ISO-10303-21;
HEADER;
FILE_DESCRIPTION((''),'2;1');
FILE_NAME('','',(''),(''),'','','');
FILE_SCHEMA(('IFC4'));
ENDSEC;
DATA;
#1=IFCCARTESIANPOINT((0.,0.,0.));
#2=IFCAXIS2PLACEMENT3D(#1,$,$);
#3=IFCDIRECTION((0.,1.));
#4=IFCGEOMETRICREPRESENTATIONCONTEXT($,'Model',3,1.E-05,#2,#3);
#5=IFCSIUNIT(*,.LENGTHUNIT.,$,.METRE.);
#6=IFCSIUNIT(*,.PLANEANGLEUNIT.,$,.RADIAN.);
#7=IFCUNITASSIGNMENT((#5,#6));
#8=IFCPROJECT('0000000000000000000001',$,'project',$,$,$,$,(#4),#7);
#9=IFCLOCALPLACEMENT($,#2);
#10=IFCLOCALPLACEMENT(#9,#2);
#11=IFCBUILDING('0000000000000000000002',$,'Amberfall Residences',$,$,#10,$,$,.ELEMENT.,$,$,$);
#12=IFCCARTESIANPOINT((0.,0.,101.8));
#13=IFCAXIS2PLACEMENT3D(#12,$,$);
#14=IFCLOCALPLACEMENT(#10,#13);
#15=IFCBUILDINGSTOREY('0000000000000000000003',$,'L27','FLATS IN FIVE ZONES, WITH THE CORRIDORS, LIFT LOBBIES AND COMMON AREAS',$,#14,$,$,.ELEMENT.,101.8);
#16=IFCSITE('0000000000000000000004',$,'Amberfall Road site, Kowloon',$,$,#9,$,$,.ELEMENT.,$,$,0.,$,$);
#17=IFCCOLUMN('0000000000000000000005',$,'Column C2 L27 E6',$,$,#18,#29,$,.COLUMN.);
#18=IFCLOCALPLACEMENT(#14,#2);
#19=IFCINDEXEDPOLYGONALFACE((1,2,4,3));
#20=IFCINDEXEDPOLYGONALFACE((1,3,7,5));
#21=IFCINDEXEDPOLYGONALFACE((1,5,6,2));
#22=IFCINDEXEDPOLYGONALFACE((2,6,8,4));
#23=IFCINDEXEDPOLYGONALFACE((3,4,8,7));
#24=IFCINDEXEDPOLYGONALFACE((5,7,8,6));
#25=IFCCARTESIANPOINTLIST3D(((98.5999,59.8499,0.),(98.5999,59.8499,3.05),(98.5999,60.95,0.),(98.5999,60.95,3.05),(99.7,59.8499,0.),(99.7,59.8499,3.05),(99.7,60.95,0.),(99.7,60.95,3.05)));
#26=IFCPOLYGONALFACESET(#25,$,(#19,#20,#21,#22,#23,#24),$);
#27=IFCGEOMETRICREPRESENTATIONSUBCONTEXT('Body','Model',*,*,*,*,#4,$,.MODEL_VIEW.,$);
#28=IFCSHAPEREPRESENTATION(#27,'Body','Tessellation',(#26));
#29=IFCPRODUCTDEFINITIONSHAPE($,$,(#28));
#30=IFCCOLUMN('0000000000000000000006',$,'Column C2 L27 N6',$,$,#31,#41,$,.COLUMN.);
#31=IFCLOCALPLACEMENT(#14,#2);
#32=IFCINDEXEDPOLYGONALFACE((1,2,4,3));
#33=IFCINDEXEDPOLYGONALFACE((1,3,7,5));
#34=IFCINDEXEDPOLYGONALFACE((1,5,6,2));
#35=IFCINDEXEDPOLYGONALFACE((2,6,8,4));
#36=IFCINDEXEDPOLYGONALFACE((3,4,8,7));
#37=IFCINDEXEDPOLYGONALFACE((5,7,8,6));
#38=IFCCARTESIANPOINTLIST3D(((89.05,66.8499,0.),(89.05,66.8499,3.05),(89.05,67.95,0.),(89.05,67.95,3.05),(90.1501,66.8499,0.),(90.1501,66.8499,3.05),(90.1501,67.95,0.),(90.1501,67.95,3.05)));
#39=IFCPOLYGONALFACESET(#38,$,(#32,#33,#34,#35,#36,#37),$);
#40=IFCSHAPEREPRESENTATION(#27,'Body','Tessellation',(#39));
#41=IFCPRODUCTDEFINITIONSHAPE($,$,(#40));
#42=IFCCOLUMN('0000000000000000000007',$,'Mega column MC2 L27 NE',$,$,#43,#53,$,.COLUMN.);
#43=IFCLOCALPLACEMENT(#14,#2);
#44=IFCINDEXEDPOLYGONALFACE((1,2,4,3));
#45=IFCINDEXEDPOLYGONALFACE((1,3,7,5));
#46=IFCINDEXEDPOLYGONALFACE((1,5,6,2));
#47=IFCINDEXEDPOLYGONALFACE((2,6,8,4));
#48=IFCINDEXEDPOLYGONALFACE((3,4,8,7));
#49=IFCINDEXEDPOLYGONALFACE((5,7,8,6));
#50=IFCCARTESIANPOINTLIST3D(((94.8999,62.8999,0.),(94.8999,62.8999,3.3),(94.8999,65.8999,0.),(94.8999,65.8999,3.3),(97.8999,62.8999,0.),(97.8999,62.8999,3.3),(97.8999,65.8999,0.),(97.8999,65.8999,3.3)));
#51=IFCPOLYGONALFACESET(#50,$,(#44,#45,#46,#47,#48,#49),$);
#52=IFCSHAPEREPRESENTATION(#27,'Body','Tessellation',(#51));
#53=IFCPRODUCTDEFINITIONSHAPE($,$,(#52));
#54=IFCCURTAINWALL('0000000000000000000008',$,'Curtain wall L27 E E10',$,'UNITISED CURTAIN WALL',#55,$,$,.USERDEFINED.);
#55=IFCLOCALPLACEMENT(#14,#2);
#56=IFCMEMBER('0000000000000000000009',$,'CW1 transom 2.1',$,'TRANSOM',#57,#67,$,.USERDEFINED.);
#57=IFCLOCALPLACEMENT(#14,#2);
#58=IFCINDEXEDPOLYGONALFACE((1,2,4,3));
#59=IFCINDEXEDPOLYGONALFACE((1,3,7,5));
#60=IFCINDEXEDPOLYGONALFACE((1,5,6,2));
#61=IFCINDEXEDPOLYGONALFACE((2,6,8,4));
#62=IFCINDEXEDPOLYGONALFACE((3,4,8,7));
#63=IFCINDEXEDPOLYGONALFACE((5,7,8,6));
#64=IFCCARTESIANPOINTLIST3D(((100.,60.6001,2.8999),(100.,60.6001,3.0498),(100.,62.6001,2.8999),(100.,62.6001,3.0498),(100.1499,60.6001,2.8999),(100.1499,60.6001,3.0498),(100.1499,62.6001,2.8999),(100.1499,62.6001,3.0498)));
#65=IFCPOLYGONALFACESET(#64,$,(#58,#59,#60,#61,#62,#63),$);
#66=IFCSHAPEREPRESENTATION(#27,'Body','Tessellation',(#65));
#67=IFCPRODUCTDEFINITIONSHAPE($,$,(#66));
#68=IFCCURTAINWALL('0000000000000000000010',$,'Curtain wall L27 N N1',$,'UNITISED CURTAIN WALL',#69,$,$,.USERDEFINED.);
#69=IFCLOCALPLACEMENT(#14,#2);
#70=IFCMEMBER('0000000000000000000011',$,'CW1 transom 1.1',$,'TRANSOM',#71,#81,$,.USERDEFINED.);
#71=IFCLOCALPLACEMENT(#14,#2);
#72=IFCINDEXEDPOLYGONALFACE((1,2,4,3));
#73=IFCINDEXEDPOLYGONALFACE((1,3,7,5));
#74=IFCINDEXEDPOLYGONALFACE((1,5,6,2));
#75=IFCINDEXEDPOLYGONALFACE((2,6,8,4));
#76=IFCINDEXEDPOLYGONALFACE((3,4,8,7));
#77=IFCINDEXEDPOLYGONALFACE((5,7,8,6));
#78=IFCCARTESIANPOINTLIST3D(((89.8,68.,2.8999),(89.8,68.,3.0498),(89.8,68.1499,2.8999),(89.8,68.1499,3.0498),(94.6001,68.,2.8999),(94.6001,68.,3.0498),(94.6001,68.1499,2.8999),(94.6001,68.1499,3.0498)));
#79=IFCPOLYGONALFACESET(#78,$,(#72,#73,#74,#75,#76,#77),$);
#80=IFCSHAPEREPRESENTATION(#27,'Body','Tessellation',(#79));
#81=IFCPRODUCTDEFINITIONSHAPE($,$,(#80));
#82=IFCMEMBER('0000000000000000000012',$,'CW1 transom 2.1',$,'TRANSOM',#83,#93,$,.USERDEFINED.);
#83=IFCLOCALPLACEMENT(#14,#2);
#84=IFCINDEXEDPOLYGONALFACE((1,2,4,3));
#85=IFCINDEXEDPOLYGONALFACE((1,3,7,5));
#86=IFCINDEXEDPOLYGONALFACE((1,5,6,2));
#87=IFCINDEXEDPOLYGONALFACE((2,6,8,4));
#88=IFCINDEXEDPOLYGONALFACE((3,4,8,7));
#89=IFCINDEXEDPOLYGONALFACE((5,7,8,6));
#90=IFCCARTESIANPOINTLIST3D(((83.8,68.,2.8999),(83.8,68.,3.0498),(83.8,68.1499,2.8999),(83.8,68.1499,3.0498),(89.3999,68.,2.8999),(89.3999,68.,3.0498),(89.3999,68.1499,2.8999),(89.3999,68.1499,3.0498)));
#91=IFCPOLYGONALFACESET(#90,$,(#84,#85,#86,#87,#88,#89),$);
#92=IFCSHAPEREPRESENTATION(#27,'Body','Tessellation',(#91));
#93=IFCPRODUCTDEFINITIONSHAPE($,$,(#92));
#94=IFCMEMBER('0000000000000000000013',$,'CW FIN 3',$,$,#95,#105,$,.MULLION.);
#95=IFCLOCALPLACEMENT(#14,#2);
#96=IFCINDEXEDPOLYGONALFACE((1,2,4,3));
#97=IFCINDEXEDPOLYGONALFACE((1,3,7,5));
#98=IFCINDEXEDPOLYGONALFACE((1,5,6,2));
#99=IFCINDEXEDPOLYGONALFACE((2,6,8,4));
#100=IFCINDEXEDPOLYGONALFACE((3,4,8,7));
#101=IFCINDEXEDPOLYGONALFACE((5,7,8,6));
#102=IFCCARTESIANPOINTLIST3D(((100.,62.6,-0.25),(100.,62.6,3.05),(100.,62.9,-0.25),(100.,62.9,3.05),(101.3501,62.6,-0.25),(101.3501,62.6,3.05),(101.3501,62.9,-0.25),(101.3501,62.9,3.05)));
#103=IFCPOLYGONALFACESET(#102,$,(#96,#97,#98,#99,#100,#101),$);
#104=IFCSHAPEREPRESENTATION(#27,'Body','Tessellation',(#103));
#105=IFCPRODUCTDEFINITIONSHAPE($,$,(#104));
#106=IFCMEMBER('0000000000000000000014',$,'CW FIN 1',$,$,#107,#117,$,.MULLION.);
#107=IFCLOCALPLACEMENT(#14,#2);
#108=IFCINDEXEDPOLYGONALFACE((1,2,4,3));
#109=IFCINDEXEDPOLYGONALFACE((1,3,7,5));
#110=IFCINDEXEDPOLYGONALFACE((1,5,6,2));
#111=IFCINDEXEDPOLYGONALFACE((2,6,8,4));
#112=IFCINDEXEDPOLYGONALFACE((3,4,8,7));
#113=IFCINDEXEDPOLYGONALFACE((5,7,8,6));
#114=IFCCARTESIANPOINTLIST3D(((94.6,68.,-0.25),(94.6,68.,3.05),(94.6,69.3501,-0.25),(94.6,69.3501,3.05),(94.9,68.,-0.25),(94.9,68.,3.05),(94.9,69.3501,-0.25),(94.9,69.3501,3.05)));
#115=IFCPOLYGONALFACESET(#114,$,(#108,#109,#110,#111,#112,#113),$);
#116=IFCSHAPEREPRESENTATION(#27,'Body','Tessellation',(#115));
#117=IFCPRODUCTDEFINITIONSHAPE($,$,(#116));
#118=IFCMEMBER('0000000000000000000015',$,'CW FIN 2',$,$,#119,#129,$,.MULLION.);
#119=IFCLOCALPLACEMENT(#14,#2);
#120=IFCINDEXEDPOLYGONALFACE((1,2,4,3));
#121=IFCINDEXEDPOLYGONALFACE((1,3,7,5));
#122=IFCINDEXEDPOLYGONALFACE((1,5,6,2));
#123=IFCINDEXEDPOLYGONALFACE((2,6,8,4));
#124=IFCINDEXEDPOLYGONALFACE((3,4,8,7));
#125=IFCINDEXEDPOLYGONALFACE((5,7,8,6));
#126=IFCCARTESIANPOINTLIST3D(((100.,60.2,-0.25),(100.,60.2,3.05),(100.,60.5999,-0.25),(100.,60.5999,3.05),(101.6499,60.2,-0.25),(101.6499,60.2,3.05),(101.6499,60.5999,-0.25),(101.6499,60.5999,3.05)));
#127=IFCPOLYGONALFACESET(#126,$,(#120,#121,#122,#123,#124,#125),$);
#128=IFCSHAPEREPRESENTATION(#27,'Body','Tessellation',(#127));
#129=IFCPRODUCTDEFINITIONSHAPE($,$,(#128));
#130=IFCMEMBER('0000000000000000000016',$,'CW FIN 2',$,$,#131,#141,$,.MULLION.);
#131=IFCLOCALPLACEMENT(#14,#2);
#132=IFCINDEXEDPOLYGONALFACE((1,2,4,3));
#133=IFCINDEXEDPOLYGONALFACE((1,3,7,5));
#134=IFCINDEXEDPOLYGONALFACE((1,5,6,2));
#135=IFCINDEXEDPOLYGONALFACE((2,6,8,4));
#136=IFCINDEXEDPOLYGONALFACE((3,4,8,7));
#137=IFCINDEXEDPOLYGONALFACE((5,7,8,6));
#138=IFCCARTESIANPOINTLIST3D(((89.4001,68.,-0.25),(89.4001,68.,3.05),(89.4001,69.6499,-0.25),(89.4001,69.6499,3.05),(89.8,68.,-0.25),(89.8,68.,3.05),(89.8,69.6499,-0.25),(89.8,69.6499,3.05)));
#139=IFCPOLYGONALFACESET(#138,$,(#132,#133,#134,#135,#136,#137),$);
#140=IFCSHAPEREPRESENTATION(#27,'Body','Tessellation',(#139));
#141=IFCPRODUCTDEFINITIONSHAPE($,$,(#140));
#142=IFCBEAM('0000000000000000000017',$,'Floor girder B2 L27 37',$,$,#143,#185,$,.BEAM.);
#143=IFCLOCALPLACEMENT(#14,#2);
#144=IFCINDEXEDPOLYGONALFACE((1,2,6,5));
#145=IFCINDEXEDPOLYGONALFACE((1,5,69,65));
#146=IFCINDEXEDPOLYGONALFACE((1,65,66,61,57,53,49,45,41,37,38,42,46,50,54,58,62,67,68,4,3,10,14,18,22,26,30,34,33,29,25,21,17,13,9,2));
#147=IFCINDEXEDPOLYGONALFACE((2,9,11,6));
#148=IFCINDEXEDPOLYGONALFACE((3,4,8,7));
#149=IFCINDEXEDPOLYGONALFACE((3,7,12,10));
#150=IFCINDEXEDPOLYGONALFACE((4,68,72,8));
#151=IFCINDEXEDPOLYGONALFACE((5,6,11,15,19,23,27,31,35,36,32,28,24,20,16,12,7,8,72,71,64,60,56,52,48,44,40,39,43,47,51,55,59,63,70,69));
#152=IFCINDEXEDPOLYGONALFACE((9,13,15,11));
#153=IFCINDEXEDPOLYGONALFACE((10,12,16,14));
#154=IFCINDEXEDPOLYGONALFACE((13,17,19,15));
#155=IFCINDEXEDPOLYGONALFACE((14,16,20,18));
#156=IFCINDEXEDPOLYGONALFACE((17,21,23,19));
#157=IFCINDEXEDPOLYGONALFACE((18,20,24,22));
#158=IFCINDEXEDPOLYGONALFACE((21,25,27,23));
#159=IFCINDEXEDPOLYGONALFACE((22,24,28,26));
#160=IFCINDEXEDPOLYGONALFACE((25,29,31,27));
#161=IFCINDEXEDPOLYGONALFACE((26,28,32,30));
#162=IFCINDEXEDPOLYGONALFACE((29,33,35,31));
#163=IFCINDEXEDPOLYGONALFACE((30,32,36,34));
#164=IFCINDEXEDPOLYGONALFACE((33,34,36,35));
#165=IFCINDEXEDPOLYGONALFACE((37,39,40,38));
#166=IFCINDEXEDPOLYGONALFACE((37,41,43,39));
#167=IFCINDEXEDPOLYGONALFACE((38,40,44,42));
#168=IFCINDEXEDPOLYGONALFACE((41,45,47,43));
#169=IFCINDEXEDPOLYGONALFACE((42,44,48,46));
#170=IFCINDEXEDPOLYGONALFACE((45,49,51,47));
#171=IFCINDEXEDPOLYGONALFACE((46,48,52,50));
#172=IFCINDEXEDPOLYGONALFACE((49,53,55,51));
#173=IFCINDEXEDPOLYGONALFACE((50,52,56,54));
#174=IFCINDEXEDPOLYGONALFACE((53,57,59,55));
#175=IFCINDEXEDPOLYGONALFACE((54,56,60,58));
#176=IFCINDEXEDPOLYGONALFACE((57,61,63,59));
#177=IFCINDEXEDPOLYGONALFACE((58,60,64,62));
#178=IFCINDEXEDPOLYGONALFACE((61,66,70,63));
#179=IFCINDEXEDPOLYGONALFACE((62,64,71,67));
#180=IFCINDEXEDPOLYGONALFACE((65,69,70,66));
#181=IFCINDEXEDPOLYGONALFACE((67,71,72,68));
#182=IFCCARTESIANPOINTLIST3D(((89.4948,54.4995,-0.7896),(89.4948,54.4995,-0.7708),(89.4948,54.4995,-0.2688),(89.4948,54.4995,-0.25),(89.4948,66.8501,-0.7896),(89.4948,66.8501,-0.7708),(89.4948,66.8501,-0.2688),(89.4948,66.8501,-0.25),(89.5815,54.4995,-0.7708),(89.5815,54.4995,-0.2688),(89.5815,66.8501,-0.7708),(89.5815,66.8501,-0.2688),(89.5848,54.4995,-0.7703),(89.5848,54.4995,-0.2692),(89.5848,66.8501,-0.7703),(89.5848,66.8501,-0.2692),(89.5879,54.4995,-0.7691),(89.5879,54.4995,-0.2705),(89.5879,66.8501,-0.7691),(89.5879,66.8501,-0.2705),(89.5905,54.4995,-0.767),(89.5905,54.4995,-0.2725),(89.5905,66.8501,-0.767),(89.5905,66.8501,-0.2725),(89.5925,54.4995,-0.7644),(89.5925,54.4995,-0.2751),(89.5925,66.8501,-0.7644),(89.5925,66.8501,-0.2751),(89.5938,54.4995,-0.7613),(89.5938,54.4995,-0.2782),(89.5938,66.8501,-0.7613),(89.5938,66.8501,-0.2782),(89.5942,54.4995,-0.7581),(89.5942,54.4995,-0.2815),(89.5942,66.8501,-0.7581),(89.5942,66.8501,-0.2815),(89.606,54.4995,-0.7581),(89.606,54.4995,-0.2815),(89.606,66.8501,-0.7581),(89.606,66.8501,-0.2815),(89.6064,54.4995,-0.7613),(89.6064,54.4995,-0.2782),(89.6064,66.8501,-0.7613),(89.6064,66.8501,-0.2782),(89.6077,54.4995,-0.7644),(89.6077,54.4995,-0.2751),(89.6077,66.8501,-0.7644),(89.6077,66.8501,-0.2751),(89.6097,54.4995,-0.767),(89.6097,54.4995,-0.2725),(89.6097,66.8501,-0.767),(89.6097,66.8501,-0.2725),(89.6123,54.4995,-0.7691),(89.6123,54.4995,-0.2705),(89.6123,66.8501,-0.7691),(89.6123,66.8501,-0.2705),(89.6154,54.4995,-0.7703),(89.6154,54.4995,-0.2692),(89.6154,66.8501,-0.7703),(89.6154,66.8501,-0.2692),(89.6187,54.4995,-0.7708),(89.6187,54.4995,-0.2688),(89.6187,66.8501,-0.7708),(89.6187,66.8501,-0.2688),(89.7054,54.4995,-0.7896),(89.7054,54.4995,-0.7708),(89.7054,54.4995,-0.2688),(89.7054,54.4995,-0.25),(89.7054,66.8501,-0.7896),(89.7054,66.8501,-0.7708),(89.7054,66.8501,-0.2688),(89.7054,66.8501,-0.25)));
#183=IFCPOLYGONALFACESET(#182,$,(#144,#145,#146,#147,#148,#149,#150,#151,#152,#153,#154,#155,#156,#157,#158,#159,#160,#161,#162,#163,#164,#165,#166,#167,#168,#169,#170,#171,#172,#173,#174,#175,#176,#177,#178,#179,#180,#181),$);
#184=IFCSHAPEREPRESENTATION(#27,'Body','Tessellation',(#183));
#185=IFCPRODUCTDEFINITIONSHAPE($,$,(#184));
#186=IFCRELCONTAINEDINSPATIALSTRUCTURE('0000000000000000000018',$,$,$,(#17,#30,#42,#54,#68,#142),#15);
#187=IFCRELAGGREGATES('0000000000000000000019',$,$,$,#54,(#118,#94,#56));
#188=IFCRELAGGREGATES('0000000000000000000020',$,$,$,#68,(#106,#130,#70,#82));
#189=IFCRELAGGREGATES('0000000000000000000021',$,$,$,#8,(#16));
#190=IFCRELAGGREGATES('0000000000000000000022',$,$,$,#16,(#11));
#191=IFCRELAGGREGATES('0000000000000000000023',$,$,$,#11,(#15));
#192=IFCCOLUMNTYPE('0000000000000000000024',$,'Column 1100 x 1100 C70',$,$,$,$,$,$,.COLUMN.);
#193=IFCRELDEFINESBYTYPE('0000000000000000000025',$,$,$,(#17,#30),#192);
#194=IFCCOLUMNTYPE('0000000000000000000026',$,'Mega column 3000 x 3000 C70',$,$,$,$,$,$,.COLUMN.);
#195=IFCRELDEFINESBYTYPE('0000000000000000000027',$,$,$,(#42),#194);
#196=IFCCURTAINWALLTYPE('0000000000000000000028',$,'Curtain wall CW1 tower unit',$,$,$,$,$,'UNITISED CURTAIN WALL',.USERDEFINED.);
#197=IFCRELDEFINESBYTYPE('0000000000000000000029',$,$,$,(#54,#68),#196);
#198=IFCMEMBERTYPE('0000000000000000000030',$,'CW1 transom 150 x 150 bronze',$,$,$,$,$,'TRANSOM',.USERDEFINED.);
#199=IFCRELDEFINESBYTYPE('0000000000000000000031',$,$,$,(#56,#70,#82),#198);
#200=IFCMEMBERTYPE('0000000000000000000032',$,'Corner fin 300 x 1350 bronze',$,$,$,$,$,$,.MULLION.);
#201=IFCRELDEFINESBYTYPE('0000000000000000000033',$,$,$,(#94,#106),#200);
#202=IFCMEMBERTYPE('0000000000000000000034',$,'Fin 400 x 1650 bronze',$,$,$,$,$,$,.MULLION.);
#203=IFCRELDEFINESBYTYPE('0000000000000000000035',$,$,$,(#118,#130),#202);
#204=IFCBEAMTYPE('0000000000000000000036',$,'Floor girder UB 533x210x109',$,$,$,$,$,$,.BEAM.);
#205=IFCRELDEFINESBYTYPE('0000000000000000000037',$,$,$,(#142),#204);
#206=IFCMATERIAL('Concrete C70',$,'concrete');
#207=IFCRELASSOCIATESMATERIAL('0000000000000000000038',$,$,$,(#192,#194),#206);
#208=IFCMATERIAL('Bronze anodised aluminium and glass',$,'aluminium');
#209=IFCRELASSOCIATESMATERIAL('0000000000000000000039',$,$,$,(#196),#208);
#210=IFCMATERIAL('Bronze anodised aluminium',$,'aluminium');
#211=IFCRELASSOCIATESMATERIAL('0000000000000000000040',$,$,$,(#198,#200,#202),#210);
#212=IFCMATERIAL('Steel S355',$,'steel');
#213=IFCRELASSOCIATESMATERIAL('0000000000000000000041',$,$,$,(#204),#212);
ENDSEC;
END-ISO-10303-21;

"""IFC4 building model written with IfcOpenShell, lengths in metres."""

from ifc_helpers import new_model, si_unit, direction, frame, origin, origin_2d, place, context, subcontext, project, spatial, rectangle, i_section, extrude, material, material_profile, profile_set, type_object, element, aggregate, save


model = new_model("IFC4")

# Units and contexts
model_context = context("Model", 3, precision=1e-05, world=origin(), true_north=direction((0.0, 1.0)))
body_context = subcontext(model_context, "Body", "Model", "MODEL_VIEW")
ifc_project = project(units=[si_unit("LENGTHUNIT", "METRE"), si_unit("PLANEANGLEUNIT", "RADIAN")], contexts=[model_context])

# Site, building, storey
site_placement = place(None, origin())
site = spatial("IfcSite", under=ifc_project, at=site_placement, Name="Amberfall Road site, Kowloon", CompositionType="ELEMENT", RefElevation=0.0)
building_placement = place(site_placement, origin())
building = spatial("IfcBuilding", under=site, at=building_placement, Name="Amberfall Residences", CompositionType="ELEMENT")
storey_placement = place(building_placement, frame((0.0, 0.0, 101.8)))
storey = spatial("IfcBuildingStorey", under=building, at=storey_placement, Name="L27", Description="FLATS IN FIVE ZONES, WITH THE CORRIDORS, LIFT LOBBIES AND COMMON AREAS", CompositionType="ELEMENT", Elevation=101.8)

# Columns
ifc_material_1 = material(Name="Concrete C70", Category="concrete")
ifc_material_profile_1 = material_profile(ifc_material_1, rectangle(XDim=1.1001, YDim=1.1001, at=origin_2d()), Name="Column 1100 x 1100 C70")
ifc_profile_set_1 = profile_set([ifc_material_profile_1], Name="Concrete C70")
column_type_1 = type_object("IfcColumnType", Name="Column 1100 x 1100 C70", PredefinedType="COLUMN", material=ifc_profile_set_1)
for number, where, z_axis, x_axis, name in (
    (1, (99.1499, 60.3999, 0.0), (0.0, 0.0, 1.0), (1.0, 0.0, 0.0), "Column C2 L27 E6"),
    (2, (89.6001, 67.3999, 0.0), (0.0, 0.0, 1.0), (1.0, 0.0, 0.0), "Column C2 L27 N6"),
):
    element("IfcColumn", number, at=place(storey_placement, frame(where, z_axis=z_axis, x_axis=x_axis)), inside=storey, type_object=column_type_1, Name=name, PredefinedType="COLUMN", context=body_context, shape_type="SweptSolid", body=[
        extrude(rectangle(XDim=1.1001, YDim=1.1001, at=origin_2d()), origin(), (0.0, 0.0, 1.0), 3.05),
    ])
ifc_material_profile_2 = material_profile(ifc_material_1, rectangle(XDim=3.0, YDim=3.0, at=origin_2d()), Name="Mega column 3000 x 3000 C70")
ifc_profile_set_2 = profile_set([ifc_material_profile_2], Name="Concrete C70")
column_type_2 = type_object("IfcColumnType", Name="Mega column 3000 x 3000 C70", PredefinedType="COLUMN", material=ifc_profile_set_2)
column_placement = place(storey_placement, frame((96.3999, 64.3999, 0.0), z_axis=(0.0, 0.0, 1.0), x_axis=(1.0, 0.0, 0.0)))
element("IfcColumn", 3, at=column_placement, inside=storey, type_object=column_type_2, Name="Mega column MC2 L27 NE", PredefinedType="COLUMN", context=body_context, shape_type="SweptSolid", body=[
    extrude(rectangle(XDim=3.0, YDim=3.0, at=origin_2d()), origin(), (0.0, 0.0, 1.0), 3.3),
])

# Curtain wall, member
ifc_material_2 = material(Name="Bronze anodised aluminium and glass", Category="aluminium")
curtain_wall_type = type_object("IfcCurtainWallType", Name="Curtain wall CW1 tower unit", ElementType="UNITISED CURTAIN WALL", PredefinedType="USERDEFINED", material=ifc_material_2)
curtain_wall_1_placement = place(storey_placement, origin())
curtain_wall_1 = element("IfcCurtainWall", 4, at=curtain_wall_1_placement, inside=storey, type_object=curtain_wall_type, Name="Curtain wall L27 E E10", ObjectType="UNITISED CURTAIN WALL", PredefinedType="USERDEFINED")
ifc_material_3 = material(Name="Bronze anodised aluminium", Category="aluminium")
ifc_material_profile_3 = material_profile(ifc_material_3, rectangle(XDim=0.1499, YDim=0.1499, at=origin_2d()), Name="CW1 transom 150 x 150 bronze")
ifc_profile_set_3 = profile_set([ifc_material_profile_3], Name="Bronze anodised aluminium")
member_type_1 = type_object("IfcMemberType", Name="CW1 transom 150 x 150 bronze", ElementType="TRANSOM", PredefinedType="USERDEFINED", material=ifc_profile_set_3)
member_1_placement = place(storey_placement, frame((100.075, 60.6001, 2.9749), z_axis=(0.0, 1.0, 0.0), x_axis=(-1.0, 0.0, 0.0)))
member_1 = element("IfcMember", 5, at=member_1_placement, type_object=member_type_1, Name="CW1 transom 2.1", ObjectType="TRANSOM", PredefinedType="USERDEFINED", context=body_context, shape_type="SweptSolid", body=[
    extrude(rectangle(XDim=0.1499, YDim=0.1499, at=origin_2d()), origin(), (0.0, 0.0, 1.0), 2.0),
])

# Curtain wall, members
curtain_wall_2_placement = place(storey_placement, origin())
curtain_wall_2 = element("IfcCurtainWall", 6, at=curtain_wall_2_placement, inside=storey, type_object=curtain_wall_type, Name="Curtain wall L27 N N1", ObjectType="UNITISED CURTAIN WALL", PredefinedType="USERDEFINED")
member_2_placement = place(storey_placement, frame((94.6001, 68.075, 2.9749), z_axis=(-1.0, 0.0, 0.0), x_axis=(0.0, -1.0, 0.0)))
member_2 = element("IfcMember", 7, at=member_2_placement, type_object=member_type_1, Name="CW1 transom 1.1", ObjectType="TRANSOM", PredefinedType="USERDEFINED", context=body_context, shape_type="SweptSolid", body=[
    extrude(rectangle(XDim=0.1499, YDim=0.1499, at=origin_2d()), origin(), (0.0, 0.0, 1.0), 4.8),
])
member_3_placement = place(storey_placement, frame((89.3999, 68.075, 2.9749), z_axis=(-1.0, 0.0, 0.0), x_axis=(0.0, -1.0, 0.0)))
member_3 = element("IfcMember", 8, at=member_3_placement, type_object=member_type_1, Name="CW1 transom 2.1", ObjectType="TRANSOM", PredefinedType="USERDEFINED", context=body_context, shape_type="SweptSolid", body=[
    extrude(rectangle(XDim=0.1499, YDim=0.1499, at=origin_2d()), origin(), (0.0, 0.0, 1.0), 5.5999),
])

# Members
ifc_material_profile_4 = material_profile(ifc_material_3, rectangle(XDim=1.3501, YDim=0.3, at=origin_2d()), Name="Corner fin 300 x 1350 bronze")
ifc_profile_set_4 = profile_set([ifc_material_profile_4], Name="Bronze anodised aluminium")
member_type_2 = type_object("IfcMemberType", Name="Corner fin 300 x 1350 bronze", PredefinedType="MULLION", material=ifc_profile_set_4)
member_4_placement = place(storey_placement, frame((100.675, 62.75, -0.25), z_axis=(0.0, 0.0, 1.0), x_axis=(-1.0, 0.0, 0.0)))
member_4 = element("IfcMember", 9, at=member_4_placement, type_object=member_type_2, Name="CW FIN 3", PredefinedType="MULLION", context=body_context, shape_type="SweptSolid", body=[
    extrude(rectangle(XDim=1.3501, YDim=0.3, at=origin_2d()), origin(), (0.0, 0.0, 1.0), 3.3),
])
member_5_placement = place(storey_placement, frame((94.75, 68.675, -0.25), z_axis=(0.0, 0.0, 1.0), x_axis=(0.0, -1.0, 0.0)))
member_5 = element("IfcMember", 10, at=member_5_placement, type_object=member_type_2, Name="CW FIN 1", PredefinedType="MULLION", context=body_context, shape_type="SweptSolid", body=[
    extrude(rectangle(XDim=1.3501, YDim=0.3, at=origin_2d()), origin(), (0.0, 0.0, 1.0), 3.3),
])
ifc_material_profile_5 = material_profile(ifc_material_3, rectangle(XDim=1.6499, YDim=0.3999, at=origin_2d()), Name="Fin 400 x 1650 bronze")
ifc_profile_set_5 = profile_set([ifc_material_profile_5], Name="Bronze anodised aluminium")
member_type_3 = type_object("IfcMemberType", Name="Fin 400 x 1650 bronze", PredefinedType="MULLION", material=ifc_profile_set_5)
member_6_placement = place(storey_placement, frame((100.825, 60.3999, -0.25), z_axis=(0.0, 0.0, 1.0), x_axis=(-1.0, 0.0, 0.0)))
member_6 = element("IfcMember", 11, at=member_6_placement, type_object=member_type_3, Name="CW FIN 2", PredefinedType="MULLION", context=body_context, shape_type="SweptSolid", body=[
    extrude(rectangle(XDim=1.6499, YDim=0.3999, at=origin_2d()), origin(), (0.0, 0.0, 1.0), 3.3),
])
member_7_placement = place(storey_placement, frame((89.6001, 68.825, -0.25), z_axis=(0.0, 0.0, 1.0), x_axis=(0.0, -1.0, 0.0)))
member_7 = element("IfcMember", 12, at=member_7_placement, type_object=member_type_3, Name="CW FIN 2", PredefinedType="MULLION", context=body_context, shape_type="SweptSolid", body=[
    extrude(rectangle(XDim=1.6499, YDim=0.3999, at=origin_2d()), origin(), (0.0, 0.0, 1.0), 3.3),
])

# Beam
ifc_material_4 = material(Name="Steel S355", Category="steel")
ifc_material_profile_6 = material_profile(ifc_material_4, i_section(OverallWidth=0.2107, OverallDepth=0.5396, WebThickness=0.0117, FlangeThickness=0.0188, FilletRadius=0.0127, at=origin_2d()), Name="UB 533x210x109")
ifc_profile_set_6 = profile_set([ifc_material_profile_6], Name="Steel S355")
beam_type_1 = type_object("IfcBeamType", Name="Floor girder UB 533x210x109", PredefinedType="BEAM", material=ifc_profile_set_6)
beam_1_placement = place(storey_placement, frame((89.6001, 66.8501, -0.5198), z_axis=(0.0, -1.0, 0.0), x_axis=(1.0, 0.0, 0.0)))
element("IfcBeam", 13, at=beam_1_placement, inside=storey, type_object=beam_type_1, Name="Floor girder B2 L27 37", PredefinedType="BEAM", context=body_context, shape_type="SweptSolid", body=[
    extrude(i_section(OverallWidth=0.2107, OverallDepth=0.5396, WebThickness=0.0117, FlangeThickness=0.0188, FilletRadius=0.0127, at=origin_2d()), origin(), (0.0, 0.0, 1.0), 12.3506),
])

aggregate(curtain_wall_1, [member_6, member_4, member_1])
aggregate(curtain_wall_2, [member_5, member_7, member_2, member_3])

save(model, "model.ifc")
